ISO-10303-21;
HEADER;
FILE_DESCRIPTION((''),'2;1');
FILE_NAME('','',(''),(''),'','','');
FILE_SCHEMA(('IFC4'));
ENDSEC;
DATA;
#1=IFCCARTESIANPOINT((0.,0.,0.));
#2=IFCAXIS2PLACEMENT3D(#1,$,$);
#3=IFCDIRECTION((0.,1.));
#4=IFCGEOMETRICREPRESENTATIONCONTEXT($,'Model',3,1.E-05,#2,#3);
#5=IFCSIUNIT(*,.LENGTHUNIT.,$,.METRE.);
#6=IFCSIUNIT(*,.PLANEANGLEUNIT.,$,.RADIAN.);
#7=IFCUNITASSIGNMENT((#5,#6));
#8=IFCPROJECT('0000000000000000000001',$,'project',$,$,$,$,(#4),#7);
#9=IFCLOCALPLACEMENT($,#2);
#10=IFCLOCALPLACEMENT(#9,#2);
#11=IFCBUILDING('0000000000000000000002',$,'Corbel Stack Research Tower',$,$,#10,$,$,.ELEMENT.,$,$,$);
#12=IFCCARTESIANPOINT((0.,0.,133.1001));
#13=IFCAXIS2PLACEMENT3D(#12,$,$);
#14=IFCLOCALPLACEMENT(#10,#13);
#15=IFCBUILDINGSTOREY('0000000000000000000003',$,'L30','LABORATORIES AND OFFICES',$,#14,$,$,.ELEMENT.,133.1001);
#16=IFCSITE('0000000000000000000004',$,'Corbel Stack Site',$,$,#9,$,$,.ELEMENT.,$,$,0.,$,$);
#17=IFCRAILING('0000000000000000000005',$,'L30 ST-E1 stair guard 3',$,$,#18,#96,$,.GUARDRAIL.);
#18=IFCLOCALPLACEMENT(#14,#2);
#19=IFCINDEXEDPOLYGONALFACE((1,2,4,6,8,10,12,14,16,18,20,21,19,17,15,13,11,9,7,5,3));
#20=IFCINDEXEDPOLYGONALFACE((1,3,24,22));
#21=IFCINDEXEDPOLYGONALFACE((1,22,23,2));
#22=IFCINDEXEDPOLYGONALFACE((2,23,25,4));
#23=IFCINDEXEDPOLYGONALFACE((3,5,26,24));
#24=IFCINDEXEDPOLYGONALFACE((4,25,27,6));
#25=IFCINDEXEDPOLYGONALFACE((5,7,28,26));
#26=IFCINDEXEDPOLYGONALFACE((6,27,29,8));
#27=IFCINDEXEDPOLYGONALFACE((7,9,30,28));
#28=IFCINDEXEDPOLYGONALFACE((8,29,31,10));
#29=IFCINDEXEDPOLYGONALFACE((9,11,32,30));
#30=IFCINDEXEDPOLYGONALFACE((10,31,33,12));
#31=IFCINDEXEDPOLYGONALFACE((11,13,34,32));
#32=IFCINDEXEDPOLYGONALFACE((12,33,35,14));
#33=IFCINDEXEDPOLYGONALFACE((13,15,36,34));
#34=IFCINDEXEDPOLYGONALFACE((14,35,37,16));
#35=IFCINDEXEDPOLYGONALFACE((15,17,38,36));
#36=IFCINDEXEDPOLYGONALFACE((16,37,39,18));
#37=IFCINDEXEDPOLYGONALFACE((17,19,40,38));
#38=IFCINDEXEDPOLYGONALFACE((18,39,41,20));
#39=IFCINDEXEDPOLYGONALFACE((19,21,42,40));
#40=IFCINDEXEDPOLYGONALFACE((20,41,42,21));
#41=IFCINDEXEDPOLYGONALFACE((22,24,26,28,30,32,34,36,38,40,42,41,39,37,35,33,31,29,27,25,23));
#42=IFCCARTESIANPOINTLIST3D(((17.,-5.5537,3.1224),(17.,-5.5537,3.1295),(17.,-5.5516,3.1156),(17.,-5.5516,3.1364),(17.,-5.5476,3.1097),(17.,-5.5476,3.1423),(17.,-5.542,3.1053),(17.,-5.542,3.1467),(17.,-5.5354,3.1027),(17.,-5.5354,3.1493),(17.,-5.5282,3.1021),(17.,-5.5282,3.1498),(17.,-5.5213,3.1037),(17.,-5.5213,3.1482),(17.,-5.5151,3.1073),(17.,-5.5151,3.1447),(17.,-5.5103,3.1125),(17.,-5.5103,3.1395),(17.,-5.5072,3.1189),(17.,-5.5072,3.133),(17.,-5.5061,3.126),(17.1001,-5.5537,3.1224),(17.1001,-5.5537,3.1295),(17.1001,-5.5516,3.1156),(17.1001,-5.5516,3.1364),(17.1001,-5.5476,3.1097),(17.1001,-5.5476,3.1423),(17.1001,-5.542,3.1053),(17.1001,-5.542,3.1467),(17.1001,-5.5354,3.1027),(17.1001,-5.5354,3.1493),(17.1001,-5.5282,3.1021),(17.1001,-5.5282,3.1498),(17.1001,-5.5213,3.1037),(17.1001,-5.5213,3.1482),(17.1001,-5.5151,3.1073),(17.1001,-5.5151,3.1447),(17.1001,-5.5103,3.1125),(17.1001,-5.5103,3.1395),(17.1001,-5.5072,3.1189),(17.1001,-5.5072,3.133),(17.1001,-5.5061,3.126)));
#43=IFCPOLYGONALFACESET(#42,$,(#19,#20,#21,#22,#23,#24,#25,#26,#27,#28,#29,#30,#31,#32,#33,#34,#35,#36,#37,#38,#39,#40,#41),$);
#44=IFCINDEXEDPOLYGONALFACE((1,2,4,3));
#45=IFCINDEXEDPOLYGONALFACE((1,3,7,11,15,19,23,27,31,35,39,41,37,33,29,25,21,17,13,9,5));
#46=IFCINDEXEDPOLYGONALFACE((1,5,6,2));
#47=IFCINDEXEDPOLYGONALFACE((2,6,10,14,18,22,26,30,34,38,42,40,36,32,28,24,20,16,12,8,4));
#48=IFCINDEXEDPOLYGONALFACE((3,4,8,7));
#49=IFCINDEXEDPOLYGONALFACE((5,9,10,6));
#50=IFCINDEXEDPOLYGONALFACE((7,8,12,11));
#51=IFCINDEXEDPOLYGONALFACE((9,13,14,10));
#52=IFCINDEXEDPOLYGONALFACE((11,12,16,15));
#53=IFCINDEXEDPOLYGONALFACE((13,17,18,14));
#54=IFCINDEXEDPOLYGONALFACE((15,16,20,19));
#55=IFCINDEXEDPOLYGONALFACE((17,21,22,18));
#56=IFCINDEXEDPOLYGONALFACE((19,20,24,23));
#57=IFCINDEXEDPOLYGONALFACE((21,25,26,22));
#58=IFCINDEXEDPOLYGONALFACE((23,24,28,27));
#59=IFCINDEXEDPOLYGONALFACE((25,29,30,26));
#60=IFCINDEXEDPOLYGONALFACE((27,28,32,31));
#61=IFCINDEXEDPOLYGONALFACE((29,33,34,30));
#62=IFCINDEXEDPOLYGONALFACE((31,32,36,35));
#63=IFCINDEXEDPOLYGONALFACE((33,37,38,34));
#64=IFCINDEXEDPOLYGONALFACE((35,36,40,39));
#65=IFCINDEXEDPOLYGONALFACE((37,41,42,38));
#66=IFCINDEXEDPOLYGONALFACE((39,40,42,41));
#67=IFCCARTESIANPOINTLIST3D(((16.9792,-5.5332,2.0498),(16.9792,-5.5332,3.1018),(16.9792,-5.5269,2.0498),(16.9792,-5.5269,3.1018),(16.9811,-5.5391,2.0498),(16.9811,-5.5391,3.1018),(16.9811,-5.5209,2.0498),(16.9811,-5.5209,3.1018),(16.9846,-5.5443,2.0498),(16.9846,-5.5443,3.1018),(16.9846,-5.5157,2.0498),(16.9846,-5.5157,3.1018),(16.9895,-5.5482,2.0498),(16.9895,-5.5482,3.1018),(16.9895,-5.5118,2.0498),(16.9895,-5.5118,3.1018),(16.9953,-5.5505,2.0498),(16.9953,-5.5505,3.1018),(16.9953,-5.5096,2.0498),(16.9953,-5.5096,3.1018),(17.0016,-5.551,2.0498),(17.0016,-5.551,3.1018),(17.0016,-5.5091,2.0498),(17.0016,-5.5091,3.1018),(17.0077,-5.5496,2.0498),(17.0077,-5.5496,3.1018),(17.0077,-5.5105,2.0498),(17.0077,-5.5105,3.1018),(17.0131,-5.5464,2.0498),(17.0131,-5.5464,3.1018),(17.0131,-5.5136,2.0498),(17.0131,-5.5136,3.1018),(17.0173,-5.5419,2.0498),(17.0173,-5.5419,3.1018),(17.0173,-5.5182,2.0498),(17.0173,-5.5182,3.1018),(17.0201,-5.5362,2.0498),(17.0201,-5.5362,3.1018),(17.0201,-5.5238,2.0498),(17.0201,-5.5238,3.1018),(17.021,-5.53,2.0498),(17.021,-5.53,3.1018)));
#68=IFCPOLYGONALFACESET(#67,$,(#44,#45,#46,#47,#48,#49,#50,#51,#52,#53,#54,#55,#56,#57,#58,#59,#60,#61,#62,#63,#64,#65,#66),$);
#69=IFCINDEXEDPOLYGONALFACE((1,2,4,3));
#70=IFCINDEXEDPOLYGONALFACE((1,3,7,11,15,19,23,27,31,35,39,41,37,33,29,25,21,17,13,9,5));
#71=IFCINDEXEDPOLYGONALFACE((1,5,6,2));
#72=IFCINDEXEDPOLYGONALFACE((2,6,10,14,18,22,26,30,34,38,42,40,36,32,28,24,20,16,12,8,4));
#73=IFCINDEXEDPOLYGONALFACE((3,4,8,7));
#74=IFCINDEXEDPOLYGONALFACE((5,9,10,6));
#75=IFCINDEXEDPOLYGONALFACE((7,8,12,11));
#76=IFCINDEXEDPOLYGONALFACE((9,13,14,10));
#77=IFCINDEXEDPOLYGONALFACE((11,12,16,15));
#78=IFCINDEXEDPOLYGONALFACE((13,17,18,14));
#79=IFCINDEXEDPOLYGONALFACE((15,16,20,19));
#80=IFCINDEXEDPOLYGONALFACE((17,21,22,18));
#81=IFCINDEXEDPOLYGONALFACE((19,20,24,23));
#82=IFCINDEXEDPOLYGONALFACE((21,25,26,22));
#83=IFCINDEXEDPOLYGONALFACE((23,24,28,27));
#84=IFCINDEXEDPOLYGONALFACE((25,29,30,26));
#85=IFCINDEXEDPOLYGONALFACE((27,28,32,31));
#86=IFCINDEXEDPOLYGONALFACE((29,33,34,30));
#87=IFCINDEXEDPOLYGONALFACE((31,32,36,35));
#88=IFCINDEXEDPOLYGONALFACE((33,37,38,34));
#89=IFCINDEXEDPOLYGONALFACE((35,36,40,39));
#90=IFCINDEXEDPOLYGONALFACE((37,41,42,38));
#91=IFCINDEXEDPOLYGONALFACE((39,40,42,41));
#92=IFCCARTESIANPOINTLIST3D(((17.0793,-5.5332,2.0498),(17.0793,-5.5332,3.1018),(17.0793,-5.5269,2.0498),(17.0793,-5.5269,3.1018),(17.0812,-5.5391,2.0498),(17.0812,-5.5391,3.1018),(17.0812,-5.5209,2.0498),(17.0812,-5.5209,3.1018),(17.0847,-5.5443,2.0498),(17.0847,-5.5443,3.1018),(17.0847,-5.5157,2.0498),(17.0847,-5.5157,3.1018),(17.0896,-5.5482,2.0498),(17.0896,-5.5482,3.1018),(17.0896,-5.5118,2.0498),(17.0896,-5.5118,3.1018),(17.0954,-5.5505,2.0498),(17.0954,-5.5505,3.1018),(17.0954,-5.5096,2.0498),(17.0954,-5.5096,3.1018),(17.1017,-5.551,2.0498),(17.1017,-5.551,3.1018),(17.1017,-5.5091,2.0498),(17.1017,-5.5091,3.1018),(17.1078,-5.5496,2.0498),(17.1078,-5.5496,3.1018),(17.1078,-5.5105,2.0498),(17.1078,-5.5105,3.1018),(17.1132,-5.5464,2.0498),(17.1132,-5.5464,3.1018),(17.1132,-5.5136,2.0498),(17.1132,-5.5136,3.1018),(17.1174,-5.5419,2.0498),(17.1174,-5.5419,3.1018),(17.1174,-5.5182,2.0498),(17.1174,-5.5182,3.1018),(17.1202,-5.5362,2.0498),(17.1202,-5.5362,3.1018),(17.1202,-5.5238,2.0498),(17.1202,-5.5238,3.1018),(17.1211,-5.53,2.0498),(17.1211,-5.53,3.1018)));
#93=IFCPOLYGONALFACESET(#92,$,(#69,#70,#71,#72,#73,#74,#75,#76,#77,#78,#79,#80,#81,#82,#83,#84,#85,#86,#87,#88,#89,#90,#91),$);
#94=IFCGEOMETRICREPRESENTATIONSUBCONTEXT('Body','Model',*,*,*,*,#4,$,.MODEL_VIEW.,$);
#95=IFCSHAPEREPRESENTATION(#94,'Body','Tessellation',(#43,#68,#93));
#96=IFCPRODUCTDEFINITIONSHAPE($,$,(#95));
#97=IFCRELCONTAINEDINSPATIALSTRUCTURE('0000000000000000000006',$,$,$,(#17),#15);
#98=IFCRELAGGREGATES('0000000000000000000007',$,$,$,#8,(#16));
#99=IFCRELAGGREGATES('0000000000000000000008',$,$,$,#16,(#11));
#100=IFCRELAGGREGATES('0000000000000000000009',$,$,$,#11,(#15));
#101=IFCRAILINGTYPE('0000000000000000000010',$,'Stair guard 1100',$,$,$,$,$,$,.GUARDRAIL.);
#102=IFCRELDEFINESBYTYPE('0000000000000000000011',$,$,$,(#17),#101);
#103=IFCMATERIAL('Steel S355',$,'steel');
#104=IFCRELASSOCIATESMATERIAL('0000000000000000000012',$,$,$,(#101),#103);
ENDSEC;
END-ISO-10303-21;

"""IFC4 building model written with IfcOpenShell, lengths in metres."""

from ifc_helpers import new_model, si_unit, direction, frame, origin, origin_2d, place, context, subcontext, project, spatial, circle, extrude, material, type_object, element, save


model = new_model("IFC4")

# Units and contexts
model_context = context("Model", 3, precision=1e-05, world=origin(), true_north=direction((0.0, 1.0)))
body_context = subcontext(model_context, "Body", "Model", "MODEL_VIEW")
ifc_project = project(units=[si_unit("LENGTHUNIT", "METRE"), si_unit("PLANEANGLEUNIT", "RADIAN")], contexts=[model_context])

# Site, building, storey
site_placement = place(None, origin())
site = spatial("IfcSite", under=ifc_project, at=site_placement, Name="Corbel Stack Site", CompositionType="ELEMENT", RefElevation=0.0)
building_placement = place(site_placement, origin())
building = spatial("IfcBuilding", under=site, at=building_placement, Name="Corbel Stack Research Tower", CompositionType="ELEMENT")
storey_placement = place(building_placement, frame((0.0, 0.0, 133.1001)))
storey = spatial("IfcBuildingStorey", under=building, at=storey_placement, Name="L30", Description="LABORATORIES AND OFFICES", CompositionType="ELEMENT", Elevation=133.1001)

# Railing
ifc_material_1 = material(Name="Steel S355", Category="steel")
railing_type_1 = type_object("IfcRailingType", Name="Stair guard 1100", PredefinedType="GUARDRAIL", material=ifc_material_1)
railing_1_placement = place(storey_placement, frame((17.0, -5.53, 2.0498)))
element("IfcRailing", 1, at=railing_1_placement, inside=storey, type_object=railing_type_1, Name="L30 ST-E1 stair guard 3", PredefinedType="GUARDRAIL", context=body_context, shape_type="SweptSolid", body=[
    extrude(circle(Radius=0.0239, at=origin_2d()), frame((0.0, 0.0, 1.0762), z_axis=(1.0, 0.0, 0.0), x_axis=(0.0, 1.0, 0.0)), (0.0, 0.0, 1.0), 0.1001),
    extrude(circle(Radius=0.021, at=origin_2d()), origin(), (0.0, 0.0, 1.0), 1.052),
    extrude(circle(Radius=0.021, at=origin_2d()), frame((0.1001, 0.0, 0.0)), (0.0, 0.0, 1.0), 1.052),
])

save(model, "model.ifc")
